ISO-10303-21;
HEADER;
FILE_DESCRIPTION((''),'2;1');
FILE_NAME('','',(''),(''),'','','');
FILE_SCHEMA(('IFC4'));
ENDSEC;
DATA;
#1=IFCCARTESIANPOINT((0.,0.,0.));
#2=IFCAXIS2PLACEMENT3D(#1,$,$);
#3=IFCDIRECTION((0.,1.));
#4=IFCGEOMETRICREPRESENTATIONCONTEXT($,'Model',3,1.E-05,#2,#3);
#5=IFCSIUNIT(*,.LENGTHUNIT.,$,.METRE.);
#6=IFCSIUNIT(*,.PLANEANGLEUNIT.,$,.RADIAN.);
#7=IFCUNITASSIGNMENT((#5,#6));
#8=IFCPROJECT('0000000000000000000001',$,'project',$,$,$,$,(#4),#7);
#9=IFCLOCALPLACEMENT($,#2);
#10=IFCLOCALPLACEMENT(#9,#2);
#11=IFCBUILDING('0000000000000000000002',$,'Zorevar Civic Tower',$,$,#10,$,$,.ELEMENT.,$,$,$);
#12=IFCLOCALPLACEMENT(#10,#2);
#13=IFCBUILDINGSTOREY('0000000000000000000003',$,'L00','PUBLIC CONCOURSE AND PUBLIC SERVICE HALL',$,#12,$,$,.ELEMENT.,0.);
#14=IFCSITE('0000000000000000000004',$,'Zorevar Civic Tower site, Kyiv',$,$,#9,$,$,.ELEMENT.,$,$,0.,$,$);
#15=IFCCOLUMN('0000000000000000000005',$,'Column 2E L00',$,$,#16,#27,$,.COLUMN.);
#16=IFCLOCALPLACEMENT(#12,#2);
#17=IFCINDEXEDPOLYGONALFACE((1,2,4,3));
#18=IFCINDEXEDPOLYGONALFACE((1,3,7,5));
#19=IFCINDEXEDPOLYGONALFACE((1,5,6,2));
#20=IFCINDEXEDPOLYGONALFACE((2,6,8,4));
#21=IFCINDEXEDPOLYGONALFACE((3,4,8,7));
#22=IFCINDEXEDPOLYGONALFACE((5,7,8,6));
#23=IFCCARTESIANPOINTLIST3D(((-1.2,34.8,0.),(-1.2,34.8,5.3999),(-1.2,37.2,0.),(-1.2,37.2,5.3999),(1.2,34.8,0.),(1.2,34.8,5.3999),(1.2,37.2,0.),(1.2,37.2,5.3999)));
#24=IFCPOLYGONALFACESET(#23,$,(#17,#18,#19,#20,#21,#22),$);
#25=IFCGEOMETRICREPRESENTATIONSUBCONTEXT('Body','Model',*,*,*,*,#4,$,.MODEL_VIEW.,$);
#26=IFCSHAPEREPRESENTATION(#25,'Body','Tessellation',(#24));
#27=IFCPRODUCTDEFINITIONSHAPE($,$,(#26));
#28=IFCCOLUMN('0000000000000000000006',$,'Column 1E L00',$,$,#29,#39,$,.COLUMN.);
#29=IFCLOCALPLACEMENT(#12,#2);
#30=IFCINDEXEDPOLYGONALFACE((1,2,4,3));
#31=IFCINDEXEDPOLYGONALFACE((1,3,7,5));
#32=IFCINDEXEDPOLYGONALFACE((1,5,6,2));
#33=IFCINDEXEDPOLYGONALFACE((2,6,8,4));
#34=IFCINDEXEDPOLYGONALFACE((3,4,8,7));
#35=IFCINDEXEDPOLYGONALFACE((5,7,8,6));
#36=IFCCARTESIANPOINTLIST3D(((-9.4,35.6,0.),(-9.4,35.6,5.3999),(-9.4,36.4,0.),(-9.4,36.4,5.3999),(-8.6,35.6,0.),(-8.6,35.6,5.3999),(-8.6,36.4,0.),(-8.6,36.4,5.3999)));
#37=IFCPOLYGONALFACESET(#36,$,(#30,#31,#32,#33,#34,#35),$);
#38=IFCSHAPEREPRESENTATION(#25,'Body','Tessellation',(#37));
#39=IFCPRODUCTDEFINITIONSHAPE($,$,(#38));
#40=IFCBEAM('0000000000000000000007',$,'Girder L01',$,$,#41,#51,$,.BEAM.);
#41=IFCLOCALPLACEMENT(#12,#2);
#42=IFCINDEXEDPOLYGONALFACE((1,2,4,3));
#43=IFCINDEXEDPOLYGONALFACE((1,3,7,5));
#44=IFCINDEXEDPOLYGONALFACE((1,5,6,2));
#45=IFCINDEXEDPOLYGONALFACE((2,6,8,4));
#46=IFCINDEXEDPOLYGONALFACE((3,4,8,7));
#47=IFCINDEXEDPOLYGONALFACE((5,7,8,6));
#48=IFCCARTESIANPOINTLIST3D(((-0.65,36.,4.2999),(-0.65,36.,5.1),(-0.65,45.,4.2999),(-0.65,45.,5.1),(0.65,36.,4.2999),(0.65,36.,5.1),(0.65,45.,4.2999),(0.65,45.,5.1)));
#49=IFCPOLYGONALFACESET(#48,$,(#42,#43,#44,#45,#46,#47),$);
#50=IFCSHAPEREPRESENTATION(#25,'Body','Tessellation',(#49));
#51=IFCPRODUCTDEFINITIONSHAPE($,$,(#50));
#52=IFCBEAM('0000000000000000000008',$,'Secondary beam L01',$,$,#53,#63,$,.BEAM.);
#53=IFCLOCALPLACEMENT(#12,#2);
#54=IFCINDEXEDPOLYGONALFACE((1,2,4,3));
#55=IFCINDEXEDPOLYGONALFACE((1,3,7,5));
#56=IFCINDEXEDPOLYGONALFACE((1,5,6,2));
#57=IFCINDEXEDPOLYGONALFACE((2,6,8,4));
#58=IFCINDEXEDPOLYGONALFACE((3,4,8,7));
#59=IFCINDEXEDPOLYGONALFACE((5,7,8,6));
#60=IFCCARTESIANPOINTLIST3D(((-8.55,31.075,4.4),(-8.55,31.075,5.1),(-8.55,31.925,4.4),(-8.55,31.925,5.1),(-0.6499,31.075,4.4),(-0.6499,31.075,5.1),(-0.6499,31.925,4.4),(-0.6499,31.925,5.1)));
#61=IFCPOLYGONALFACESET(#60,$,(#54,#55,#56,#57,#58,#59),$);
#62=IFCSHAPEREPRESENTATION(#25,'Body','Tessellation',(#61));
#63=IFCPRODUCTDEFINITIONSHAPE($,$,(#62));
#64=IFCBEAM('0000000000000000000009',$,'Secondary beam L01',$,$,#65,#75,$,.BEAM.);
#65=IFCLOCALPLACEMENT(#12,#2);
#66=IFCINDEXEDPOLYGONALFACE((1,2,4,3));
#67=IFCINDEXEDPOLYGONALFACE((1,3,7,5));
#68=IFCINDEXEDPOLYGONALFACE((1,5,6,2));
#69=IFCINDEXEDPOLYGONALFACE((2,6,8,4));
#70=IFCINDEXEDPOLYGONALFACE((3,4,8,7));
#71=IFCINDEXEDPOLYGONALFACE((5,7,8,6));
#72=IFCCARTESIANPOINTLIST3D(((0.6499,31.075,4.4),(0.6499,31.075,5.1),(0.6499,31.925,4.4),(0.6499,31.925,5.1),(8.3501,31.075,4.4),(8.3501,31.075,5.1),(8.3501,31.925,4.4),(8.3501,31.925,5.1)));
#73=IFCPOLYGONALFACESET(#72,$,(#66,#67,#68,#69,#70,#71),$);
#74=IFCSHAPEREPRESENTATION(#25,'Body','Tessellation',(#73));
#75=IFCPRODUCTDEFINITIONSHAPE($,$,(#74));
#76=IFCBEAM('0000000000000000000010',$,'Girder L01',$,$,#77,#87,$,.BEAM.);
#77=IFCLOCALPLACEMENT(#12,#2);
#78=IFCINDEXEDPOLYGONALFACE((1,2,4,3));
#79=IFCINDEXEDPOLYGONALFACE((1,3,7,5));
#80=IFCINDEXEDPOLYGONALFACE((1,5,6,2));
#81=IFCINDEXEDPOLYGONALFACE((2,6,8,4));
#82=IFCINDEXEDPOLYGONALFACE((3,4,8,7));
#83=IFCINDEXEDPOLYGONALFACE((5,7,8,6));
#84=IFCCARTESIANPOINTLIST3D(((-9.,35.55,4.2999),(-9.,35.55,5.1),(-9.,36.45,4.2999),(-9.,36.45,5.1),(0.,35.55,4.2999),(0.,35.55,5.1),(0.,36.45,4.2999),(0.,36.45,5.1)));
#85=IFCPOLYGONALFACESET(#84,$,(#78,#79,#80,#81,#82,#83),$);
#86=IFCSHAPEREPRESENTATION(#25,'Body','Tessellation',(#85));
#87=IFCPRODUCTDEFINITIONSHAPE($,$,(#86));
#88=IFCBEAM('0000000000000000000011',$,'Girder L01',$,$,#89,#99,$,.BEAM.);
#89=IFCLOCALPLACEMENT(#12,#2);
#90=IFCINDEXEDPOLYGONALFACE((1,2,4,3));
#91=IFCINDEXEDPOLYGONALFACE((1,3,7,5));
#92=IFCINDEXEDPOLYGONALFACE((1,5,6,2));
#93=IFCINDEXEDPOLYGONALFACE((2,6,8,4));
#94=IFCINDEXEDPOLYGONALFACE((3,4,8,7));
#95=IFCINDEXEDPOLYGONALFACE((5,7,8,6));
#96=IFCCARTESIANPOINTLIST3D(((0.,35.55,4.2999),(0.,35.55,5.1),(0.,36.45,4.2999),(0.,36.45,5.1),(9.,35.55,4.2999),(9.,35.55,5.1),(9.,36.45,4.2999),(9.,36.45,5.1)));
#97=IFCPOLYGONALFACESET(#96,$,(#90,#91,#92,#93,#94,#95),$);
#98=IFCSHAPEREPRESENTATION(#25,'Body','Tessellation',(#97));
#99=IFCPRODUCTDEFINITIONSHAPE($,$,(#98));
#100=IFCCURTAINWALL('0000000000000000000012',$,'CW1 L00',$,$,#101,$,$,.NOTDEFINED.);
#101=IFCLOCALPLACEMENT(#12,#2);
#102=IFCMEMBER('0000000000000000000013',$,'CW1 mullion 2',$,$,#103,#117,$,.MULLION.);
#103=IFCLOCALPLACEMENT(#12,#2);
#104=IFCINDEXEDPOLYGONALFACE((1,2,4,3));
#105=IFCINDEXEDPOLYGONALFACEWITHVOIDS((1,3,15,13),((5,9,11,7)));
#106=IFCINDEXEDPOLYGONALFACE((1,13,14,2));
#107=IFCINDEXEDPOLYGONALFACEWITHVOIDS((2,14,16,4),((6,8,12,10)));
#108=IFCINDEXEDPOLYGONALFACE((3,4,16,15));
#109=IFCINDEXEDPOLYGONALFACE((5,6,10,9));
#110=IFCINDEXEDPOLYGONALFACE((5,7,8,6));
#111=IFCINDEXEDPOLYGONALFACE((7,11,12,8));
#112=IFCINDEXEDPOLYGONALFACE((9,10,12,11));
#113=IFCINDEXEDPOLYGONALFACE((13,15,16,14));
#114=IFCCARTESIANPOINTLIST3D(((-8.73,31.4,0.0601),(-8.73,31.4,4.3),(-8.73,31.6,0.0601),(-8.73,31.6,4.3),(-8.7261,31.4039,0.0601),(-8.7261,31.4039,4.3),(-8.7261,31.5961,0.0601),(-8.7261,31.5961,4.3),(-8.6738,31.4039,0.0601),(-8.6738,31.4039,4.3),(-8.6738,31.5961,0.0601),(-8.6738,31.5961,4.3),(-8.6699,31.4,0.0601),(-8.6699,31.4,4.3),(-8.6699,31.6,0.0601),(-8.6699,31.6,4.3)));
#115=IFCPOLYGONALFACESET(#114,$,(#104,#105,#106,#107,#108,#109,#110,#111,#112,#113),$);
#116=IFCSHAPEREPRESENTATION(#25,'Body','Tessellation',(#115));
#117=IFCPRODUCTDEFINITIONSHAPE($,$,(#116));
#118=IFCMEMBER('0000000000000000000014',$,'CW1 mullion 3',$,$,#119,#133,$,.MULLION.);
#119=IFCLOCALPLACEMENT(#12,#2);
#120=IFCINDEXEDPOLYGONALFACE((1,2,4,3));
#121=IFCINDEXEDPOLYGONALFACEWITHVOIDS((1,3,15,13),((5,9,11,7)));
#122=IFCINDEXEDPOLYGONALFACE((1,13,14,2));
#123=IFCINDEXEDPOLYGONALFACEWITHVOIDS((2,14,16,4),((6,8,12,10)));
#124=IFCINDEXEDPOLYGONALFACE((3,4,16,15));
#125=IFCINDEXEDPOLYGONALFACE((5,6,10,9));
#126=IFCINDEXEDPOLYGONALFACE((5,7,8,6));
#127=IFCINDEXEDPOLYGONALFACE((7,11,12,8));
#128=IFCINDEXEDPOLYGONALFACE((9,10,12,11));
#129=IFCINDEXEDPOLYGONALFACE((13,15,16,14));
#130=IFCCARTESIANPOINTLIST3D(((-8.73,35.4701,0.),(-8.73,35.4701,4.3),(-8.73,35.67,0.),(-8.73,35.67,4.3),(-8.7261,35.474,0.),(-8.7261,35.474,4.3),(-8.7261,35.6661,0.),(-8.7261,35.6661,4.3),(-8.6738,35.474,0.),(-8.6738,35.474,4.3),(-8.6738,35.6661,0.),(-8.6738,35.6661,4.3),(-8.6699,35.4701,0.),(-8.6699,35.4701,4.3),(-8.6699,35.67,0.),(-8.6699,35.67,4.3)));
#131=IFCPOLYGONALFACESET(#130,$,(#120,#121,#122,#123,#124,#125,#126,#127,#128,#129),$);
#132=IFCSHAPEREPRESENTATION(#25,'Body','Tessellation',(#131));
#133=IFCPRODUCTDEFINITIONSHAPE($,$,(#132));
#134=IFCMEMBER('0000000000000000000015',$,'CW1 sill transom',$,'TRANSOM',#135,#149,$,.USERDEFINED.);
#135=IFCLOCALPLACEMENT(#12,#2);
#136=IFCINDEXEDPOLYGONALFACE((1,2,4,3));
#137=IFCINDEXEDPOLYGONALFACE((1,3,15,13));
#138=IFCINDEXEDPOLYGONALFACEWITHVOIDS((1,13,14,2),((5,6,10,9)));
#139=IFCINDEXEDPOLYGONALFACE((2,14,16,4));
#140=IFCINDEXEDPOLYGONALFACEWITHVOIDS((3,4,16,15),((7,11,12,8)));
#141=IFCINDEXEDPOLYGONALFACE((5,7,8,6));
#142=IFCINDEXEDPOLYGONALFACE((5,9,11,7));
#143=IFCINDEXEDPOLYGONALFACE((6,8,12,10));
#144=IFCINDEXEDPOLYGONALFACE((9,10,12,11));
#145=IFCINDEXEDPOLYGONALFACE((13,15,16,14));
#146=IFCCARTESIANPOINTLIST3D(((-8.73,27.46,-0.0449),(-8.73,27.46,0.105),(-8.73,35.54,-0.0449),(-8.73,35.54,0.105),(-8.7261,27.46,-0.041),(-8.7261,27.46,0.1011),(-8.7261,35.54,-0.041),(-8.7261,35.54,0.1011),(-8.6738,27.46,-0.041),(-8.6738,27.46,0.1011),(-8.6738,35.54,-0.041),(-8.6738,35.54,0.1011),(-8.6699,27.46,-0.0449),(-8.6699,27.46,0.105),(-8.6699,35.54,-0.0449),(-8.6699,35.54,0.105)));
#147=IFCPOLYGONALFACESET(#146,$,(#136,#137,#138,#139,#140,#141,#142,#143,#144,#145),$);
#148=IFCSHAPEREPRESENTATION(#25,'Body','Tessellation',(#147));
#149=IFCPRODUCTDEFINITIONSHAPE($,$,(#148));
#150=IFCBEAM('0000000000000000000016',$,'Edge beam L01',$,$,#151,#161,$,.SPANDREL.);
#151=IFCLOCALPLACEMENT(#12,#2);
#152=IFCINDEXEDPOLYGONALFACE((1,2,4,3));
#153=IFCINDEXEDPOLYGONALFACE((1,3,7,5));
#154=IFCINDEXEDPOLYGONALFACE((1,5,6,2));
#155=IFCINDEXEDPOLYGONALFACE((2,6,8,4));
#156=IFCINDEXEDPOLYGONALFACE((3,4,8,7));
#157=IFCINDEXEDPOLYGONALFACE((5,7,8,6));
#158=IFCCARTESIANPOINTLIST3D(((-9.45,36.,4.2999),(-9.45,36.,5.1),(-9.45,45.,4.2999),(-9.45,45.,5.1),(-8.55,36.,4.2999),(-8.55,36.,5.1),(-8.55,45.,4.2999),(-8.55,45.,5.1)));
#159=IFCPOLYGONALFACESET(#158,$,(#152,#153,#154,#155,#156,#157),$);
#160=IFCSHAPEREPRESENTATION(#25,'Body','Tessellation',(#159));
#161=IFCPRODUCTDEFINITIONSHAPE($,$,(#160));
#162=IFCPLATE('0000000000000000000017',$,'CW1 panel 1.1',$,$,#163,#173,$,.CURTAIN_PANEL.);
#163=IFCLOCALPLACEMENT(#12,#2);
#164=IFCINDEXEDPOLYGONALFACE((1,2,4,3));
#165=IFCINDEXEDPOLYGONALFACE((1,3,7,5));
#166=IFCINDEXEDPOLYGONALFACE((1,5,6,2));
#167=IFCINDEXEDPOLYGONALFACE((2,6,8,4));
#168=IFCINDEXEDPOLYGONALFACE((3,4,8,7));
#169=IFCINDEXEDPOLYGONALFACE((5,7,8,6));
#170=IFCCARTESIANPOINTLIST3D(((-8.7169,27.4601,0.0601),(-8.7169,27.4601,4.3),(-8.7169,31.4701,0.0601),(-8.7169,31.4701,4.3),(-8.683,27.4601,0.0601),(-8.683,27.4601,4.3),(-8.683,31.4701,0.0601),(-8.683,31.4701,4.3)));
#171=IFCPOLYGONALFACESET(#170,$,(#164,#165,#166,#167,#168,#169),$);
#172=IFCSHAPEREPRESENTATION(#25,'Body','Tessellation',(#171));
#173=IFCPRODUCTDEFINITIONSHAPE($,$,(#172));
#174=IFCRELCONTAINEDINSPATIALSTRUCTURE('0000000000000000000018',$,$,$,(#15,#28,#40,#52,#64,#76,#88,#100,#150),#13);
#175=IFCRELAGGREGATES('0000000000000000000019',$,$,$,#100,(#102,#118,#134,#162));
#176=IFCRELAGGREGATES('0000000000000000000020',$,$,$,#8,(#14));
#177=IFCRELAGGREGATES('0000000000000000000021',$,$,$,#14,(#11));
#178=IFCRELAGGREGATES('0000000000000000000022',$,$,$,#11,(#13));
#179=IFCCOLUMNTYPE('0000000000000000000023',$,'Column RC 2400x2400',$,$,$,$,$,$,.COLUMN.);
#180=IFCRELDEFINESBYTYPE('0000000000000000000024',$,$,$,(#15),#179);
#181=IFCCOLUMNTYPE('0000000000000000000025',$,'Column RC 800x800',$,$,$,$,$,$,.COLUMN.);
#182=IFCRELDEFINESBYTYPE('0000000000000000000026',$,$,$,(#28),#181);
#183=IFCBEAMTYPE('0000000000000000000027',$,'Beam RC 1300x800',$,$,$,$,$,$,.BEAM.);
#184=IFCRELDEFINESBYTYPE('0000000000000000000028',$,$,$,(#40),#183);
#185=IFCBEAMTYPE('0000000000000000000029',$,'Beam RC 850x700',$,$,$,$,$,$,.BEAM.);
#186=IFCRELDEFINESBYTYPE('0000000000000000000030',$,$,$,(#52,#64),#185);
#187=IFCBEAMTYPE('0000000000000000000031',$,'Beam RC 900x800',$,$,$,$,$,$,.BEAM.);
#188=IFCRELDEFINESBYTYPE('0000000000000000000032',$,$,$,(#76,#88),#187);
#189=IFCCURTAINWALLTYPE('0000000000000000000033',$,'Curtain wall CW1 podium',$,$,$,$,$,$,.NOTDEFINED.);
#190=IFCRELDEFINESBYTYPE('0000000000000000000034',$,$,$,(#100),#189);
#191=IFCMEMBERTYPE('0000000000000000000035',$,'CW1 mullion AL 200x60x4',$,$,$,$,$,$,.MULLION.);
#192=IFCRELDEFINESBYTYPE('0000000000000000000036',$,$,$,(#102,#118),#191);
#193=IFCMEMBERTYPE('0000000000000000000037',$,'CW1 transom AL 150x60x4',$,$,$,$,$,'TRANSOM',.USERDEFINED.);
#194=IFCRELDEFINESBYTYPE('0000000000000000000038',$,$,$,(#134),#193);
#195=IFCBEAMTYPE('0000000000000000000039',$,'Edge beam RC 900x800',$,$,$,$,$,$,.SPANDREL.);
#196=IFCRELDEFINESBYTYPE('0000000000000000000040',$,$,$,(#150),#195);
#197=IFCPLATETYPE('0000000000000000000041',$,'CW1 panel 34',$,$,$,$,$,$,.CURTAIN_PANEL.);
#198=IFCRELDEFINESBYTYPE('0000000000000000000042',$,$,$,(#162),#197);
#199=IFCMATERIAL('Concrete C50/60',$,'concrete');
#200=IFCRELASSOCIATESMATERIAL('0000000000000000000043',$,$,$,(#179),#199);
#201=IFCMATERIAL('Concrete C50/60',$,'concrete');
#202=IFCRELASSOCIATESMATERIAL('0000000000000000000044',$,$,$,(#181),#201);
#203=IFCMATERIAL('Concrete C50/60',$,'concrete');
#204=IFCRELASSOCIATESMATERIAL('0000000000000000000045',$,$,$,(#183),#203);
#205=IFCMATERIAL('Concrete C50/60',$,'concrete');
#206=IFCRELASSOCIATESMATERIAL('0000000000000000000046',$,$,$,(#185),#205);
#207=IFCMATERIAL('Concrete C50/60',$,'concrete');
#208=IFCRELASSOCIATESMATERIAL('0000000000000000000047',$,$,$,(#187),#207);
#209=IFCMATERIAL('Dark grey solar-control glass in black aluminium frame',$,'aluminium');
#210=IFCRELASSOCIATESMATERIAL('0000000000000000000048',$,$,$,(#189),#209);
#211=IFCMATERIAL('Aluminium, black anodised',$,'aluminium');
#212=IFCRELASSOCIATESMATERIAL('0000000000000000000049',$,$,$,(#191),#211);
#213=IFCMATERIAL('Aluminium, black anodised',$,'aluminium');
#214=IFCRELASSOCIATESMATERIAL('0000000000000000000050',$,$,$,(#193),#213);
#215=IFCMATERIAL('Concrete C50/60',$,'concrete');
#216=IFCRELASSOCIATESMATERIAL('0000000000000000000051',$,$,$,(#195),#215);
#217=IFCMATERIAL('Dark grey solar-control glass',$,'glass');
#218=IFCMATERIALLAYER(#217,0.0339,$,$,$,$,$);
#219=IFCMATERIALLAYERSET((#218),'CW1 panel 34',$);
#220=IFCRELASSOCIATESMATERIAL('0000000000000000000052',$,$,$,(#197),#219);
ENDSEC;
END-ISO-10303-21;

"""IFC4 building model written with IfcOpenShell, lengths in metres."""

from ifc_helpers import new_model, si_unit, direction, frame, origin, origin_2d, place, context, subcontext, project, spatial, rectangle, hollow_rectangle, extrude, material, layer, layer_set, material_profile, profile_set, type_object, element, aggregate, save


model = new_model("IFC4")

# Units and contexts
model_context = context("Model", 3, precision=1e-05, world=origin(), true_north=direction((0.0, 1.0)))
body_context = subcontext(model_context, "Body", "Model", "MODEL_VIEW")
ifc_project = project(units=[si_unit("LENGTHUNIT", "METRE"), si_unit("PLANEANGLEUNIT", "RADIAN")], contexts=[model_context])

# Site, building, storey
site_placement = place(None, origin())
site = spatial("IfcSite", under=ifc_project, at=site_placement, Name="Zorevar Civic Tower site, Kyiv", CompositionType="ELEMENT", RefElevation=0.0)
building_placement = place(site_placement, origin())
building = spatial("IfcBuilding", under=site, at=building_placement, Name="Zorevar Civic Tower", CompositionType="ELEMENT")
storey_placement = place(building_placement, origin())
storey = spatial("IfcBuildingStorey", under=building, at=storey_placement, Name="L00", Description="PUBLIC CONCOURSE AND PUBLIC SERVICE HALL", CompositionType="ELEMENT", Elevation=0.0)

# Columns
ifc_material_1 = material(Name="Concrete C50/60", Category="concrete")
ifc_material_profile_1 = material_profile(ifc_material_1, rectangle(XDim=2.3999, YDim=2.3999, at=origin_2d()), Name="RC 2400x2400")
ifc_profile_set_1 = profile_set([ifc_material_profile_1], Name="Concrete C50/60")
column_type_1 = type_object("IfcColumnType", Name="Column RC 2400x2400", PredefinedType="COLUMN", material=ifc_profile_set_1)
column_1_placement = place(storey_placement, frame((0.0, 36.0, 0.0), z_axis=(0.0, 0.0, 1.0), x_axis=(1.0, 0.0, 0.0)))
element("IfcColumn", 1, at=column_1_placement, inside=storey, type_object=column_type_1, Name="Column 2E L00", PredefinedType="COLUMN", context=body_context, shape_type="SweptSolid", body=[
    extrude(rectangle(XDim=2.3999, YDim=2.3999, at=origin_2d()), origin(), (0.0, 0.0, 1.0), 5.3999),
])
ifc_material_2 = material(Name="Concrete C50/60", Category="concrete")
ifc_material_profile_2 = material_profile(ifc_material_2, rectangle(XDim=0.8, YDim=0.8, at=origin_2d()), Name="RC 800x800")
ifc_profile_set_2 = profile_set([ifc_material_profile_2], Name="Concrete C50/60")
column_type_2 = type_object("IfcColumnType", Name="Column RC 800x800", PredefinedType="COLUMN", material=ifc_profile_set_2)
column_2_placement = place(storey_placement, frame((-9.0, 36.0, 0.0), z_axis=(0.0, 0.0, 1.0), x_axis=(1.0, 0.0, 0.0)))
element("IfcColumn", 2, at=column_2_placement, inside=storey, type_object=column_type_2, Name="Column 1E L00", PredefinedType="COLUMN", context=body_context, shape_type="SweptSolid", body=[
    extrude(rectangle(XDim=0.8, YDim=0.8, at=origin_2d()), origin(), (0.0, 0.0, 1.0), 5.3999),
])

# Beams
ifc_material_3 = material(Name="Concrete C50/60", Category="concrete")
ifc_material_profile_3 = material_profile(ifc_material_3, rectangle(XDim=1.3, YDim=0.8, at=origin_2d()), Name="RC 1300x800")
ifc_profile_set_3 = profile_set([ifc_material_profile_3], Name="Concrete C50/60")
beam_type_1 = type_object("IfcBeamType", Name="Beam RC 1300x800", PredefinedType="BEAM", material=ifc_profile_set_3)
beam_1_placement = place(storey_placement, frame((0.0, 36.0, 4.7), z_axis=(0.0, 1.0, 0.0), x_axis=(-1.0, 0.0, 0.0)))
element("IfcBeam", 3, at=beam_1_placement, inside=storey, type_object=beam_type_1, Name="Girder L01", PredefinedType="BEAM", context=body_context, shape_type="SweptSolid", body=[
    extrude(rectangle(XDim=1.3, YDim=0.8, at=origin_2d()), origin(), (0.0, 0.0, 1.0), 9.0),
])
ifc_material_4 = material(Name="Concrete C50/60", Category="concrete")
ifc_material_profile_4 = material_profile(ifc_material_4, rectangle(XDim=0.8501, YDim=0.7, at=origin_2d()), Name="RC 850x700")
ifc_profile_set_4 = profile_set([ifc_material_profile_4], Name="Concrete C50/60")
beam_type_2 = type_object("IfcBeamType", Name="Beam RC 850x700", PredefinedType="BEAM", material=ifc_profile_set_4)
beam_2_placement = place(storey_placement, frame((-8.55, 31.5, 4.75), z_axis=(1.0, 0.0, 0.0), x_axis=(0.0, 1.0, 0.0)))
element("IfcBeam", 4, at=beam_2_placement, inside=storey, type_object=beam_type_2, Name="Secondary beam L01", PredefinedType="BEAM", context=body_context, shape_type="SweptSolid", body=[
    extrude(rectangle(XDim=0.8501, YDim=0.7, at=origin_2d()), origin(), (0.0, 0.0, 1.0), 7.9001),
])
beam_3_placement = place(storey_placement, frame((0.6499, 31.5, 4.75), z_axis=(1.0, 0.0, 0.0), x_axis=(0.0, 1.0, 0.0)))
element("IfcBeam", 5, at=beam_3_placement, inside=storey, type_object=beam_type_2, Name="Secondary beam L01", PredefinedType="BEAM", context=body_context, shape_type="SweptSolid", body=[
    extrude(rectangle(XDim=0.8501, YDim=0.7, at=origin_2d()), origin(), (0.0, 0.0, 1.0), 7.7002),
])
ifc_material_5 = material(Name="Concrete C50/60", Category="concrete")
ifc_material_profile_5 = material_profile(ifc_material_5, rectangle(XDim=0.8999, YDim=0.8, at=origin_2d()), Name="RC 900x800")
ifc_profile_set_5 = profile_set([ifc_material_profile_5], Name="Concrete C50/60")
beam_type_3 = type_object("IfcBeamType", Name="Beam RC 900x800", PredefinedType="BEAM", material=ifc_profile_set_5)
for number, where, z_axis, x_axis, name in (
    (6, (-9.0, 36.0, 4.7), (1.0, 0.0, 0.0), (0.0, 1.0, 0.0), "Girder L01"),
    (7, (0.0, 36.0, 4.7), (1.0, 0.0, 0.0), (0.0, 1.0, 0.0), "Girder L01"),
):
    element("IfcBeam", number, at=place(storey_placement, frame(where, z_axis=z_axis, x_axis=x_axis)), inside=storey, type_object=beam_type_3, Name=name, PredefinedType="BEAM", context=body_context, shape_type="SweptSolid", body=[
        extrude(rectangle(XDim=0.8999, YDim=0.8, at=origin_2d()), origin(), (0.0, 0.0, 1.0), 9.0),
    ])

# Curtain wall, members
ifc_material_6 = material(Name="Dark grey solar-control glass in black aluminium frame", Category="aluminium")
curtain_wall_type = type_object("IfcCurtainWallType", Name="Curtain wall CW1 podium", PredefinedType="NOTDEFINED", material=ifc_material_6)
curtain_wall_placement = place(storey_placement, origin())
curtain_wall = element("IfcCurtainWall", 8, at=curtain_wall_placement, inside=storey, type_object=curtain_wall_type, Name="CW1 L00", PredefinedType="NOTDEFINED")
ifc_material_7 = material(Name="Aluminium, black anodised", Category="aluminium")
ifc_material_profile_6 = material_profile(ifc_material_7, hollow_rectangle(XDim=0.0601, YDim=0.2, WallThickness=0.0039, at=origin_2d()), Name="AL 200x60x4")
ifc_profile_set_6 = profile_set([ifc_material_profile_6], Name="Aluminium, black anodised")
member_type_1 = type_object("IfcMemberType", Name="CW1 mullion AL 200x60x4", PredefinedType="MULLION", material=ifc_profile_set_6)
member_1_placement = place(storey_placement, frame((-8.7, 31.5, 0.0601), z_axis=(0.0, 0.0, 1.0), x_axis=(-1.0, 0.0, 0.0)))
member_1 = element("IfcMember", 9, at=member_1_placement, type_object=member_type_1, Name="CW1 mullion 2", PredefinedType="MULLION", context=body_context, shape_type="SweptSolid", body=[
    extrude(hollow_rectangle(XDim=0.0601, YDim=0.2, WallThickness=0.0039, at=origin_2d()), origin(), (0.0, 0.0, 1.0), 4.24),
])
member_2_placement = place(storey_placement, frame((-8.7, 35.5701, 0.0), z_axis=(0.0, 0.0, 1.0), x_axis=(-1.0, 0.0, 0.0)))
member_2 = element("IfcMember", 10, at=member_2_placement, type_object=member_type_1, Name="CW1 mullion 3", PredefinedType="MULLION", context=body_context, shape_type="SweptSolid", body=[
    extrude(hollow_rectangle(XDim=0.0601, YDim=0.2, WallThickness=0.0039, at=origin_2d()), origin(), (0.0, 0.0, 1.0), 4.3),
])
ifc_material_8 = material(Name="Aluminium, black anodised", Category="aluminium")
ifc_material_profile_7 = material_profile(ifc_material_8, hollow_rectangle(XDim=0.0601, YDim=0.1499, WallThickness=0.0039, at=origin_2d()), Name="AL 150x60x4")
ifc_profile_set_7 = profile_set([ifc_material_profile_7], Name="Aluminium, black anodised")
member_type_2 = type_object("IfcMemberType", Name="CW1 transom AL 150x60x4", ElementType="TRANSOM", PredefinedType="USERDEFINED", material=ifc_profile_set_7)
member_3_placement = place(storey_placement, frame((-8.7, 27.46, 0.03), z_axis=(0.0, 1.0, 0.0), x_axis=(-1.0, 0.0, 0.0)))
member_3 = element("IfcMember", 11, at=member_3_placement, type_object=member_type_2, Name="CW1 sill transom", ObjectType="TRANSOM", PredefinedType="USERDEFINED", context=body_context, shape_type="SweptSolid", body=[
    extrude(hollow_rectangle(XDim=0.0601, YDim=0.1499, WallThickness=0.0039, at=origin_2d()), origin(), (0.0, 0.0, 1.0), 8.0801),
])

# Beam
ifc_material_9 = material(Name="Concrete C50/60", Category="concrete")
ifc_material_profile_8 = material_profile(ifc_material_9, rectangle(XDim=0.8999, YDim=0.8, at=origin_2d()), Name="RC 900x800")
ifc_profile_set_8 = profile_set([ifc_material_profile_8], Name="Concrete C50/60")
beam_type_4 = type_object("IfcBeamType", Name="Edge beam RC 900x800", PredefinedType="SPANDREL", material=ifc_profile_set_8)
beam_4_placement = place(storey_placement, frame((-9.0, 36.0, 4.7), z_axis=(0.0, 1.0, 0.0), x_axis=(-1.0, 0.0, 0.0)))
element("IfcBeam", 12, at=beam_4_placement, inside=storey, type_object=beam_type_4, Name="Edge beam L01", PredefinedType="SPANDREL", context=body_context, shape_type="SweptSolid", body=[
    extrude(rectangle(XDim=0.8999, YDim=0.8, at=origin_2d()), origin(), (0.0, 0.0, 1.0), 9.0),
])

# Plate
ifc_material_10 = material(Name="Dark grey solar-control glass", Category="glass")
ifc_layer_1 = layer(ifc_material_10, 0.0339)
ifc_layer_set_1 = layer_set([ifc_layer_1], Name="CW1 panel 34")
plate_type = type_object("IfcPlateType", Name="CW1 panel 34", PredefinedType="CURTAIN_PANEL", material=ifc_layer_set_1)
plate_1_placement = place(storey_placement, frame((-8.7, 29.4651, 0.0601), z_axis=(0.0, 0.0, 1.0), x_axis=(0.0, 1.0, 0.0)))
plate_1 = element("IfcPlate", 13, at=plate_1_placement, type_object=plate_type, Name="CW1 panel 1.1", PredefinedType="CURTAIN_PANEL", context=body_context, shape_type="SweptSolid", body=[
    extrude(rectangle(XDim=4.01, YDim=0.0339, at=origin_2d()), origin(), (0.0, 0.0, 1.0), 4.24),
])
aggregate(curtain_wall, [member_1, member_2, member_3, plate_1])

save(model, "model.ifc")
